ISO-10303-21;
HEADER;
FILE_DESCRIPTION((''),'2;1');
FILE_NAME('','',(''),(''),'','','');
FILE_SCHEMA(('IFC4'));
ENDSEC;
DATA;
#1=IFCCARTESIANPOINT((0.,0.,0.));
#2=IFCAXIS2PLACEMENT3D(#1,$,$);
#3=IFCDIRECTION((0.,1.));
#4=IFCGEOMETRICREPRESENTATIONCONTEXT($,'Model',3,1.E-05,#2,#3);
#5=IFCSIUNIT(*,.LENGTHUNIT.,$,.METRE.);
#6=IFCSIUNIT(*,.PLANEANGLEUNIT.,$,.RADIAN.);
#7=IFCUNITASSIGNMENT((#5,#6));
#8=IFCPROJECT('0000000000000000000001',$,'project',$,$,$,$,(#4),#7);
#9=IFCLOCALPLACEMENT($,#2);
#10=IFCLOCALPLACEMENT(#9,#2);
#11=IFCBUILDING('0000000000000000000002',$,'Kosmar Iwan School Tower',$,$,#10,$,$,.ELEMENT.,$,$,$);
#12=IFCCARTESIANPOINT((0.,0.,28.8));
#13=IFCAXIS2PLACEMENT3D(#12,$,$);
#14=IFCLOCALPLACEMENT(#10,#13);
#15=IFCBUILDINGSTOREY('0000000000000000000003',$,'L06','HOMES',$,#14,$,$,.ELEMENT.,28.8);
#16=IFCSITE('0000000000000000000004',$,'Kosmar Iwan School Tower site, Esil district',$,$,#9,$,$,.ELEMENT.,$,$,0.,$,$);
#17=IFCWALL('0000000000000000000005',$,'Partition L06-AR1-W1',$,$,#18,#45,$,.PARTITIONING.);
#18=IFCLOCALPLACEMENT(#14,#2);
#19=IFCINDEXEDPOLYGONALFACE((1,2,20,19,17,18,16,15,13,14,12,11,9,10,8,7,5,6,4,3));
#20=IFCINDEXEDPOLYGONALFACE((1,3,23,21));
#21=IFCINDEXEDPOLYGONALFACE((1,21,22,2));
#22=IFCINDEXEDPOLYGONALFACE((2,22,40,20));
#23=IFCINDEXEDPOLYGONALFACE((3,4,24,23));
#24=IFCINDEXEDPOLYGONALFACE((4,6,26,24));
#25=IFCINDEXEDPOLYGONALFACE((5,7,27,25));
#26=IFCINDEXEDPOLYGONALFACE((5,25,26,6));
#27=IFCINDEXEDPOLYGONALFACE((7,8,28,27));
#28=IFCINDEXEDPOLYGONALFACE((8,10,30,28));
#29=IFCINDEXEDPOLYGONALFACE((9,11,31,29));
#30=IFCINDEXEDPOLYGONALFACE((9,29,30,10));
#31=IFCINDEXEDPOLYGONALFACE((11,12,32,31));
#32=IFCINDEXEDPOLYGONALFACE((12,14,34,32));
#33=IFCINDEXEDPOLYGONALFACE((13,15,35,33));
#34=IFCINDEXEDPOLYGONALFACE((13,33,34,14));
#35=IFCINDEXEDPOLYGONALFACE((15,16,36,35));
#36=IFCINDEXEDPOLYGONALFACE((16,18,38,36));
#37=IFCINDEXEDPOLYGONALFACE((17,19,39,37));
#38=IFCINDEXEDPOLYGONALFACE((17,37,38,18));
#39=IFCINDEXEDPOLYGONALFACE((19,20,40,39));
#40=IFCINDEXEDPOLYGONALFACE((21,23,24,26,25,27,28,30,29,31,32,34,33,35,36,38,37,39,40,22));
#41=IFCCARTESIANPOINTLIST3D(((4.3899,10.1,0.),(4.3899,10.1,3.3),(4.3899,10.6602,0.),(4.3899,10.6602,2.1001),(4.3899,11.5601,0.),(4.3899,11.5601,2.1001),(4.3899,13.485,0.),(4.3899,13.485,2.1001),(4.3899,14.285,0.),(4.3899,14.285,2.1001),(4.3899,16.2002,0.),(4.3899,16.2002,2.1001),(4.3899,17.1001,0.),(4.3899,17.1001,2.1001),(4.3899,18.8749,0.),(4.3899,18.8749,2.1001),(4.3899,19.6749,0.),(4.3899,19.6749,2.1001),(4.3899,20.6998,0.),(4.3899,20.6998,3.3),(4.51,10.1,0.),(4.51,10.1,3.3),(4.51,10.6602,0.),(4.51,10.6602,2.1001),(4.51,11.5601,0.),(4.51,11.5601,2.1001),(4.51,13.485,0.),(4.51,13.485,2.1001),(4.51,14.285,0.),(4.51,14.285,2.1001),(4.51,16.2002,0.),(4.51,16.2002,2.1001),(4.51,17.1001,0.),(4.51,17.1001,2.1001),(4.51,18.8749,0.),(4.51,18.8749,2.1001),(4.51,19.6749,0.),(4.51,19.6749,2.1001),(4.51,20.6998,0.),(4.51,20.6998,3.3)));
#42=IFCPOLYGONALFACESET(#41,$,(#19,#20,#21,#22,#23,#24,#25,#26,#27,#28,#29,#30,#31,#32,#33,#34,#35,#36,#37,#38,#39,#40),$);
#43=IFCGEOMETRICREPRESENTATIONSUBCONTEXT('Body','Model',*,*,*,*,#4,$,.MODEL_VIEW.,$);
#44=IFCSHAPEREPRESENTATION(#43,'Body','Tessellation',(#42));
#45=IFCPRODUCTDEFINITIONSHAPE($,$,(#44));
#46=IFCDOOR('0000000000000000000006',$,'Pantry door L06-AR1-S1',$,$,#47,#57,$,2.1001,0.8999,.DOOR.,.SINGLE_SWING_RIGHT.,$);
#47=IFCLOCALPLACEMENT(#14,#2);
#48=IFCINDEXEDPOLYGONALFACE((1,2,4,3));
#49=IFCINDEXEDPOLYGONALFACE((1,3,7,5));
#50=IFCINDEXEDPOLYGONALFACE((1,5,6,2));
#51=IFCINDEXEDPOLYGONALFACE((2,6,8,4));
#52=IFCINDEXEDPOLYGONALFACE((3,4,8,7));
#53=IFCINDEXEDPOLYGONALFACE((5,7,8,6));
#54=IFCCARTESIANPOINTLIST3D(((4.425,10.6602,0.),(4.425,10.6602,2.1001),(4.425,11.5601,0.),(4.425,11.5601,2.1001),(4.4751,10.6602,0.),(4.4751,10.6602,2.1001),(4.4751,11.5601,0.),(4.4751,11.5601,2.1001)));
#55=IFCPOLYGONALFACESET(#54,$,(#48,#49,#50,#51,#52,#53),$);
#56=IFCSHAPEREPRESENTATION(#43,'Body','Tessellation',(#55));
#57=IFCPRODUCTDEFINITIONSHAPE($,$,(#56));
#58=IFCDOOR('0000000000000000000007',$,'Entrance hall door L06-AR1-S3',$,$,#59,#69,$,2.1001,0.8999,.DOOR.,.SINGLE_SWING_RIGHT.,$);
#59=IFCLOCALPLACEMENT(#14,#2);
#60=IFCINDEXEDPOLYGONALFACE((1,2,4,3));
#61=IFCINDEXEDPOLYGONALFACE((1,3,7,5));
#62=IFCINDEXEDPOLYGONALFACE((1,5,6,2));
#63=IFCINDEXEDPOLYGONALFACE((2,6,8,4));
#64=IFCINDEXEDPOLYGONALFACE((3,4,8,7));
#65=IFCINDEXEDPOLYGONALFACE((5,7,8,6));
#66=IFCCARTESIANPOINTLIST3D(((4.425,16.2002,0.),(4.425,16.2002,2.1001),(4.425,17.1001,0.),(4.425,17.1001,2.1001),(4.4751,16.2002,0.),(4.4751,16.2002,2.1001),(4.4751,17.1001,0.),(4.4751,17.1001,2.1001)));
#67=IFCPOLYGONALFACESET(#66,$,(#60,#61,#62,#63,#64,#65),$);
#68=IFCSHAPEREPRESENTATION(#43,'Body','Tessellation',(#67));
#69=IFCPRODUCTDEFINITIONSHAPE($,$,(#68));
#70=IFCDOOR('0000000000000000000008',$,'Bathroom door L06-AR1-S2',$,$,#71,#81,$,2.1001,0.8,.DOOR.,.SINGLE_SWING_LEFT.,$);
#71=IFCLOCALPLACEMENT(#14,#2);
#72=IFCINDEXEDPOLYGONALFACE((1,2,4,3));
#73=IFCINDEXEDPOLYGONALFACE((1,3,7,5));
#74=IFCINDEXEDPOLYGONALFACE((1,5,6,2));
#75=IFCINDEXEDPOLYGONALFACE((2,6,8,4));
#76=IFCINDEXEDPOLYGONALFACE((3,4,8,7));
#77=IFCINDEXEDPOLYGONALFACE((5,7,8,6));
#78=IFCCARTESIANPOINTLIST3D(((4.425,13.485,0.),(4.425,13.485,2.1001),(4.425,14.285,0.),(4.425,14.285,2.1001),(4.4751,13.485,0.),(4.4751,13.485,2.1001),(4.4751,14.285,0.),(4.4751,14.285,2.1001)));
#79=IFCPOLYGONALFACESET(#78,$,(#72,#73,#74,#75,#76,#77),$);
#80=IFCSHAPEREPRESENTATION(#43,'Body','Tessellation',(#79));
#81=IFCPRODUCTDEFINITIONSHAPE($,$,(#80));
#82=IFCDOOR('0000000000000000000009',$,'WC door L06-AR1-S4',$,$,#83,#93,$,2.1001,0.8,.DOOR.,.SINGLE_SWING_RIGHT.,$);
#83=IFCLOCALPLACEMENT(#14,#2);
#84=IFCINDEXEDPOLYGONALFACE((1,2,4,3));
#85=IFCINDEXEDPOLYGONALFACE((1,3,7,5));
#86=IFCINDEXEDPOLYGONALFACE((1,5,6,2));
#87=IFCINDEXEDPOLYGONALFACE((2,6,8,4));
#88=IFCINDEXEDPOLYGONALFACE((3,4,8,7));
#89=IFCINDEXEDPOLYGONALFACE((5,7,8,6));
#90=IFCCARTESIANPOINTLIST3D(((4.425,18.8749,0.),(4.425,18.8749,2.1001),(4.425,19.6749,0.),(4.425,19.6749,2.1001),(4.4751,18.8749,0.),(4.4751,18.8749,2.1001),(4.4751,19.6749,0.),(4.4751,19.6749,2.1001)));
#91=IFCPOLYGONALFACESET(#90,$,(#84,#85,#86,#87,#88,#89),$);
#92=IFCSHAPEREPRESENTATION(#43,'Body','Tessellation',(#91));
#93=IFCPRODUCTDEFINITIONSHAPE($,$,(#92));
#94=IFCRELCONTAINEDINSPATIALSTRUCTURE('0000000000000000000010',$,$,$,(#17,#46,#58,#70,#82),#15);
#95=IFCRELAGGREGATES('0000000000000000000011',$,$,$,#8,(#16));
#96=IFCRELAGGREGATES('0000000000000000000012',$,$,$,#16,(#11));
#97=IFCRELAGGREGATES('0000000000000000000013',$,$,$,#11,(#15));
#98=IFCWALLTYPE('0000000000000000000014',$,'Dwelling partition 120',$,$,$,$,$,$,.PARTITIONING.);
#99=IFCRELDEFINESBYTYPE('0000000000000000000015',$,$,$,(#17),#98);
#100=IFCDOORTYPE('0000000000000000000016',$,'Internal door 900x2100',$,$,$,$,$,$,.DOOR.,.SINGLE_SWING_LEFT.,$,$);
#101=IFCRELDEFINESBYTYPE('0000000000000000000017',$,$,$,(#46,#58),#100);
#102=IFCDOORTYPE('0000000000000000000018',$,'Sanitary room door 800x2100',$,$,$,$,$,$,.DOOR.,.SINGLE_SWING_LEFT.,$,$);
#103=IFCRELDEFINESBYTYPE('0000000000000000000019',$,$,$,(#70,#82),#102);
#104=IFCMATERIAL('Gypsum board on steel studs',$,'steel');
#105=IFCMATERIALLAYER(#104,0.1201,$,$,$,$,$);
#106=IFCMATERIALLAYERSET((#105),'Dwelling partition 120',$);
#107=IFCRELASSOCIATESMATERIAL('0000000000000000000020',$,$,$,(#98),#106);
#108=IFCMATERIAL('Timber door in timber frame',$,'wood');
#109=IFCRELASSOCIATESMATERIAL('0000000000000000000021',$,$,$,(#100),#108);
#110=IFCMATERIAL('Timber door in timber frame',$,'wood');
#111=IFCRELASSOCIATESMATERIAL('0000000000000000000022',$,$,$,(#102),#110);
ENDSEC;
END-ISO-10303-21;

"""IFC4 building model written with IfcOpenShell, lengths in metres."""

from ifc_helpers import new_model, si_unit, direction, frame, frame_2d, origin, place, context, subcontext, project, spatial, rectangle, extrude, material, layer, layer_set, type_object, element, fill, save


model = new_model("IFC4")

# Units and contexts
model_context = context("Model", 3, precision=1e-05, world=origin(), true_north=direction((0.0, 1.0)))
body_context = subcontext(model_context, "Body", "Model", "MODEL_VIEW")
ifc_project = project(units=[si_unit("LENGTHUNIT", "METRE"), si_unit("PLANEANGLEUNIT", "RADIAN")], contexts=[model_context])

# Site, building, storey
site_placement = place(None, origin())
site = spatial("IfcSite", under=ifc_project, at=site_placement, Name="Kosmar Iwan School Tower site, Esil district", CompositionType="ELEMENT", RefElevation=0.0)
building_placement = place(site_placement, origin())
building = spatial("IfcBuilding", under=site, at=building_placement, Name="Kosmar Iwan School Tower", CompositionType="ELEMENT")
storey_placement = place(building_placement, frame((0.0, 0.0, 28.8)))
storey = spatial("IfcBuildingStorey", under=building, at=storey_placement, Name="L06", Description="HOMES", CompositionType="ELEMENT", Elevation=28.8)

# Wall, openings, doors
ifc_material_1 = material(Name="Gypsum board on steel studs", Category="steel")
ifc_layer_1 = layer(ifc_material_1, 0.1201)
ifc_layer_set_1 = layer_set([ifc_layer_1], Name="Dwelling partition 120")
wall_type_1 = type_object("IfcWallType", Name="Dwelling partition 120", PredefinedType="PARTITIONING", material=ifc_layer_set_1)
wall_1_placement = place(storey_placement, frame((4.45, 10.1001, 0.0), z_axis=(0.0, 0.0, 1.0), x_axis=(0.0, 1.0, 0.0)))
wall_1 = element("IfcWall", 1, at=wall_1_placement, inside=storey, type_object=wall_type_1, Name="Partition L06-AR1-W1", PredefinedType="PARTITIONING", context=body_context, shape_type="SweptSolid", body=[
    extrude(rectangle(XDim=10.5999, YDim=0.1201, at=frame_2d((5.2998, 0.0))), origin(), (0.0, 0.0, 1.0), 3.3),
])
opening_1_placement = place(wall_1_placement, frame((0.5601, 0.0, 0.0)))
opening_1 = element("IfcOpeningElement", 2, at=opening_1_placement, cuts=wall_1, PredefinedType="OPENING", context=body_context, shape_type="SweptSolid", body=[
    extrude(rectangle(XDim=0.8999, YDim=2.1001, at=frame_2d((0.45, 1.05))), frame((0.0, 0.072, 0.0), z_axis=(0.0, -1.0, 0.0), x_axis=(1.0, 0.0, 0.0)), (0.0, 0.0, 1.0), 0.144),
])
opening_2_placement = place(wall_1_placement, frame((3.385, 0.0, 0.0)))
opening_2 = element("IfcOpeningElement", 3, at=opening_2_placement, cuts=wall_1, PredefinedType="OPENING", context=body_context, shape_type="SweptSolid", body=[
    extrude(rectangle(XDim=0.8, YDim=2.1001, at=frame_2d((0.3999, 1.05))), frame((0.0, 0.072, 0.0), z_axis=(0.0, -1.0, 0.0), x_axis=(1.0, 0.0, 0.0)), (0.0, 0.0, 1.0), 0.144),
])
opening_3_placement = place(wall_1_placement, frame((6.1001, 0.0, 0.0)))
opening_3 = element("IfcOpeningElement", 4, at=opening_3_placement, cuts=wall_1, PredefinedType="OPENING", context=body_context, shape_type="SweptSolid", body=[
    extrude(rectangle(XDim=0.8999, YDim=2.1001, at=frame_2d((0.45, 1.05))), frame((0.0, 0.072, 0.0), z_axis=(0.0, -1.0, 0.0), x_axis=(1.0, 0.0, 0.0)), (0.0, 0.0, 1.0), 0.144),
])
opening_4_placement = place(wall_1_placement, frame((8.7749, 0.0, 0.0)))
opening_4 = element("IfcOpeningElement", 5, at=opening_4_placement, cuts=wall_1, PredefinedType="OPENING", context=body_context, shape_type="SweptSolid", body=[
    extrude(rectangle(XDim=0.8, YDim=2.1001, at=frame_2d((0.3999, 1.05))), frame((0.0, 0.072, 0.0), z_axis=(0.0, -1.0, 0.0), x_axis=(1.0, 0.0, 0.0)), (0.0, 0.0, 1.0), 0.144),
])
ifc_material_2 = material(Name="Timber door in timber frame", Category="wood")
door_type_1 = type_object("IfcDoorType", Name="Internal door 900x2100", OperationType="SINGLE_SWING_LEFT", PredefinedType="DOOR", material=ifc_material_2)
door_1_placement = place(opening_1_placement, origin())
door_1 = element("IfcDoor", 6, at=door_1_placement, inside=storey, type_object=door_type_1, Name="Pantry door L06-AR1-S1", OperationType="SINGLE_SWING_RIGHT", OverallHeight=2.1001, OverallWidth=0.8999, PredefinedType="DOOR", context=body_context, shape_type="SweptSolid", body=[
    extrude(rectangle(XDim=0.8999, YDim=2.1001, at=frame_2d((0.45, 1.05))), frame((0.0, 0.0249, 0.0), z_axis=(0.0, -1.0, 0.0), x_axis=(1.0, 0.0, 0.0)), (0.0, 0.0, 1.0), 0.05),
])
fill(opening_1, door_1)
door_2_placement = place(opening_3_placement, origin())
door_2 = element("IfcDoor", 7, at=door_2_placement, inside=storey, type_object=door_type_1, Name="Entrance hall door L06-AR1-S3", OperationType="SINGLE_SWING_RIGHT", OverallHeight=2.1001, OverallWidth=0.8999, PredefinedType="DOOR", context=body_context, shape_type="SweptSolid", body=[
    extrude(rectangle(XDim=0.8999, YDim=2.1001, at=frame_2d((0.45, 1.05))), frame((0.0, 0.0249, 0.0), z_axis=(0.0, -1.0, 0.0), x_axis=(1.0, 0.0, 0.0)), (0.0, 0.0, 1.0), 0.05),
])
fill(opening_3, door_2)
ifc_material_3 = material(Name="Timber door in timber frame", Category="wood")
door_type_2 = type_object("IfcDoorType", Name="Sanitary room door 800x2100", OperationType="SINGLE_SWING_LEFT", PredefinedType="DOOR", material=ifc_material_3)
door_3_placement = place(opening_2_placement, origin())
door_3 = element("IfcDoor", 8, at=door_3_placement, inside=storey, type_object=door_type_2, Name="Bathroom door L06-AR1-S2", OperationType="SINGLE_SWING_LEFT", OverallHeight=2.1001, OverallWidth=0.8, PredefinedType="DOOR", context=body_context, shape_type="SweptSolid", body=[
    extrude(rectangle(XDim=0.8, YDim=2.1001, at=frame_2d((0.3999, 1.05))), frame((0.0, 0.0249, 0.0), z_axis=(0.0, -1.0, 0.0), x_axis=(1.0, 0.0, 0.0)), (0.0, 0.0, 1.0), 0.05),
])
fill(opening_2, door_3)
door_4_placement = place(opening_4_placement, origin())
door_4 = element("IfcDoor", 9, at=door_4_placement, inside=storey, type_object=door_type_2, Name="WC door L06-AR1-S4", OperationType="SINGLE_SWING_RIGHT", OverallHeight=2.1001, OverallWidth=0.8, PredefinedType="DOOR", context=body_context, shape_type="SweptSolid", body=[
    extrude(rectangle(XDim=0.8, YDim=2.1001, at=frame_2d((0.3999, 1.05))), frame((0.0, 0.0249, 0.0), z_axis=(0.0, -1.0, 0.0), x_axis=(1.0, 0.0, 0.0)), (0.0, 0.0, 1.0), 0.05),
])
fill(opening_4, door_4)

save(model, "model.ifc")
